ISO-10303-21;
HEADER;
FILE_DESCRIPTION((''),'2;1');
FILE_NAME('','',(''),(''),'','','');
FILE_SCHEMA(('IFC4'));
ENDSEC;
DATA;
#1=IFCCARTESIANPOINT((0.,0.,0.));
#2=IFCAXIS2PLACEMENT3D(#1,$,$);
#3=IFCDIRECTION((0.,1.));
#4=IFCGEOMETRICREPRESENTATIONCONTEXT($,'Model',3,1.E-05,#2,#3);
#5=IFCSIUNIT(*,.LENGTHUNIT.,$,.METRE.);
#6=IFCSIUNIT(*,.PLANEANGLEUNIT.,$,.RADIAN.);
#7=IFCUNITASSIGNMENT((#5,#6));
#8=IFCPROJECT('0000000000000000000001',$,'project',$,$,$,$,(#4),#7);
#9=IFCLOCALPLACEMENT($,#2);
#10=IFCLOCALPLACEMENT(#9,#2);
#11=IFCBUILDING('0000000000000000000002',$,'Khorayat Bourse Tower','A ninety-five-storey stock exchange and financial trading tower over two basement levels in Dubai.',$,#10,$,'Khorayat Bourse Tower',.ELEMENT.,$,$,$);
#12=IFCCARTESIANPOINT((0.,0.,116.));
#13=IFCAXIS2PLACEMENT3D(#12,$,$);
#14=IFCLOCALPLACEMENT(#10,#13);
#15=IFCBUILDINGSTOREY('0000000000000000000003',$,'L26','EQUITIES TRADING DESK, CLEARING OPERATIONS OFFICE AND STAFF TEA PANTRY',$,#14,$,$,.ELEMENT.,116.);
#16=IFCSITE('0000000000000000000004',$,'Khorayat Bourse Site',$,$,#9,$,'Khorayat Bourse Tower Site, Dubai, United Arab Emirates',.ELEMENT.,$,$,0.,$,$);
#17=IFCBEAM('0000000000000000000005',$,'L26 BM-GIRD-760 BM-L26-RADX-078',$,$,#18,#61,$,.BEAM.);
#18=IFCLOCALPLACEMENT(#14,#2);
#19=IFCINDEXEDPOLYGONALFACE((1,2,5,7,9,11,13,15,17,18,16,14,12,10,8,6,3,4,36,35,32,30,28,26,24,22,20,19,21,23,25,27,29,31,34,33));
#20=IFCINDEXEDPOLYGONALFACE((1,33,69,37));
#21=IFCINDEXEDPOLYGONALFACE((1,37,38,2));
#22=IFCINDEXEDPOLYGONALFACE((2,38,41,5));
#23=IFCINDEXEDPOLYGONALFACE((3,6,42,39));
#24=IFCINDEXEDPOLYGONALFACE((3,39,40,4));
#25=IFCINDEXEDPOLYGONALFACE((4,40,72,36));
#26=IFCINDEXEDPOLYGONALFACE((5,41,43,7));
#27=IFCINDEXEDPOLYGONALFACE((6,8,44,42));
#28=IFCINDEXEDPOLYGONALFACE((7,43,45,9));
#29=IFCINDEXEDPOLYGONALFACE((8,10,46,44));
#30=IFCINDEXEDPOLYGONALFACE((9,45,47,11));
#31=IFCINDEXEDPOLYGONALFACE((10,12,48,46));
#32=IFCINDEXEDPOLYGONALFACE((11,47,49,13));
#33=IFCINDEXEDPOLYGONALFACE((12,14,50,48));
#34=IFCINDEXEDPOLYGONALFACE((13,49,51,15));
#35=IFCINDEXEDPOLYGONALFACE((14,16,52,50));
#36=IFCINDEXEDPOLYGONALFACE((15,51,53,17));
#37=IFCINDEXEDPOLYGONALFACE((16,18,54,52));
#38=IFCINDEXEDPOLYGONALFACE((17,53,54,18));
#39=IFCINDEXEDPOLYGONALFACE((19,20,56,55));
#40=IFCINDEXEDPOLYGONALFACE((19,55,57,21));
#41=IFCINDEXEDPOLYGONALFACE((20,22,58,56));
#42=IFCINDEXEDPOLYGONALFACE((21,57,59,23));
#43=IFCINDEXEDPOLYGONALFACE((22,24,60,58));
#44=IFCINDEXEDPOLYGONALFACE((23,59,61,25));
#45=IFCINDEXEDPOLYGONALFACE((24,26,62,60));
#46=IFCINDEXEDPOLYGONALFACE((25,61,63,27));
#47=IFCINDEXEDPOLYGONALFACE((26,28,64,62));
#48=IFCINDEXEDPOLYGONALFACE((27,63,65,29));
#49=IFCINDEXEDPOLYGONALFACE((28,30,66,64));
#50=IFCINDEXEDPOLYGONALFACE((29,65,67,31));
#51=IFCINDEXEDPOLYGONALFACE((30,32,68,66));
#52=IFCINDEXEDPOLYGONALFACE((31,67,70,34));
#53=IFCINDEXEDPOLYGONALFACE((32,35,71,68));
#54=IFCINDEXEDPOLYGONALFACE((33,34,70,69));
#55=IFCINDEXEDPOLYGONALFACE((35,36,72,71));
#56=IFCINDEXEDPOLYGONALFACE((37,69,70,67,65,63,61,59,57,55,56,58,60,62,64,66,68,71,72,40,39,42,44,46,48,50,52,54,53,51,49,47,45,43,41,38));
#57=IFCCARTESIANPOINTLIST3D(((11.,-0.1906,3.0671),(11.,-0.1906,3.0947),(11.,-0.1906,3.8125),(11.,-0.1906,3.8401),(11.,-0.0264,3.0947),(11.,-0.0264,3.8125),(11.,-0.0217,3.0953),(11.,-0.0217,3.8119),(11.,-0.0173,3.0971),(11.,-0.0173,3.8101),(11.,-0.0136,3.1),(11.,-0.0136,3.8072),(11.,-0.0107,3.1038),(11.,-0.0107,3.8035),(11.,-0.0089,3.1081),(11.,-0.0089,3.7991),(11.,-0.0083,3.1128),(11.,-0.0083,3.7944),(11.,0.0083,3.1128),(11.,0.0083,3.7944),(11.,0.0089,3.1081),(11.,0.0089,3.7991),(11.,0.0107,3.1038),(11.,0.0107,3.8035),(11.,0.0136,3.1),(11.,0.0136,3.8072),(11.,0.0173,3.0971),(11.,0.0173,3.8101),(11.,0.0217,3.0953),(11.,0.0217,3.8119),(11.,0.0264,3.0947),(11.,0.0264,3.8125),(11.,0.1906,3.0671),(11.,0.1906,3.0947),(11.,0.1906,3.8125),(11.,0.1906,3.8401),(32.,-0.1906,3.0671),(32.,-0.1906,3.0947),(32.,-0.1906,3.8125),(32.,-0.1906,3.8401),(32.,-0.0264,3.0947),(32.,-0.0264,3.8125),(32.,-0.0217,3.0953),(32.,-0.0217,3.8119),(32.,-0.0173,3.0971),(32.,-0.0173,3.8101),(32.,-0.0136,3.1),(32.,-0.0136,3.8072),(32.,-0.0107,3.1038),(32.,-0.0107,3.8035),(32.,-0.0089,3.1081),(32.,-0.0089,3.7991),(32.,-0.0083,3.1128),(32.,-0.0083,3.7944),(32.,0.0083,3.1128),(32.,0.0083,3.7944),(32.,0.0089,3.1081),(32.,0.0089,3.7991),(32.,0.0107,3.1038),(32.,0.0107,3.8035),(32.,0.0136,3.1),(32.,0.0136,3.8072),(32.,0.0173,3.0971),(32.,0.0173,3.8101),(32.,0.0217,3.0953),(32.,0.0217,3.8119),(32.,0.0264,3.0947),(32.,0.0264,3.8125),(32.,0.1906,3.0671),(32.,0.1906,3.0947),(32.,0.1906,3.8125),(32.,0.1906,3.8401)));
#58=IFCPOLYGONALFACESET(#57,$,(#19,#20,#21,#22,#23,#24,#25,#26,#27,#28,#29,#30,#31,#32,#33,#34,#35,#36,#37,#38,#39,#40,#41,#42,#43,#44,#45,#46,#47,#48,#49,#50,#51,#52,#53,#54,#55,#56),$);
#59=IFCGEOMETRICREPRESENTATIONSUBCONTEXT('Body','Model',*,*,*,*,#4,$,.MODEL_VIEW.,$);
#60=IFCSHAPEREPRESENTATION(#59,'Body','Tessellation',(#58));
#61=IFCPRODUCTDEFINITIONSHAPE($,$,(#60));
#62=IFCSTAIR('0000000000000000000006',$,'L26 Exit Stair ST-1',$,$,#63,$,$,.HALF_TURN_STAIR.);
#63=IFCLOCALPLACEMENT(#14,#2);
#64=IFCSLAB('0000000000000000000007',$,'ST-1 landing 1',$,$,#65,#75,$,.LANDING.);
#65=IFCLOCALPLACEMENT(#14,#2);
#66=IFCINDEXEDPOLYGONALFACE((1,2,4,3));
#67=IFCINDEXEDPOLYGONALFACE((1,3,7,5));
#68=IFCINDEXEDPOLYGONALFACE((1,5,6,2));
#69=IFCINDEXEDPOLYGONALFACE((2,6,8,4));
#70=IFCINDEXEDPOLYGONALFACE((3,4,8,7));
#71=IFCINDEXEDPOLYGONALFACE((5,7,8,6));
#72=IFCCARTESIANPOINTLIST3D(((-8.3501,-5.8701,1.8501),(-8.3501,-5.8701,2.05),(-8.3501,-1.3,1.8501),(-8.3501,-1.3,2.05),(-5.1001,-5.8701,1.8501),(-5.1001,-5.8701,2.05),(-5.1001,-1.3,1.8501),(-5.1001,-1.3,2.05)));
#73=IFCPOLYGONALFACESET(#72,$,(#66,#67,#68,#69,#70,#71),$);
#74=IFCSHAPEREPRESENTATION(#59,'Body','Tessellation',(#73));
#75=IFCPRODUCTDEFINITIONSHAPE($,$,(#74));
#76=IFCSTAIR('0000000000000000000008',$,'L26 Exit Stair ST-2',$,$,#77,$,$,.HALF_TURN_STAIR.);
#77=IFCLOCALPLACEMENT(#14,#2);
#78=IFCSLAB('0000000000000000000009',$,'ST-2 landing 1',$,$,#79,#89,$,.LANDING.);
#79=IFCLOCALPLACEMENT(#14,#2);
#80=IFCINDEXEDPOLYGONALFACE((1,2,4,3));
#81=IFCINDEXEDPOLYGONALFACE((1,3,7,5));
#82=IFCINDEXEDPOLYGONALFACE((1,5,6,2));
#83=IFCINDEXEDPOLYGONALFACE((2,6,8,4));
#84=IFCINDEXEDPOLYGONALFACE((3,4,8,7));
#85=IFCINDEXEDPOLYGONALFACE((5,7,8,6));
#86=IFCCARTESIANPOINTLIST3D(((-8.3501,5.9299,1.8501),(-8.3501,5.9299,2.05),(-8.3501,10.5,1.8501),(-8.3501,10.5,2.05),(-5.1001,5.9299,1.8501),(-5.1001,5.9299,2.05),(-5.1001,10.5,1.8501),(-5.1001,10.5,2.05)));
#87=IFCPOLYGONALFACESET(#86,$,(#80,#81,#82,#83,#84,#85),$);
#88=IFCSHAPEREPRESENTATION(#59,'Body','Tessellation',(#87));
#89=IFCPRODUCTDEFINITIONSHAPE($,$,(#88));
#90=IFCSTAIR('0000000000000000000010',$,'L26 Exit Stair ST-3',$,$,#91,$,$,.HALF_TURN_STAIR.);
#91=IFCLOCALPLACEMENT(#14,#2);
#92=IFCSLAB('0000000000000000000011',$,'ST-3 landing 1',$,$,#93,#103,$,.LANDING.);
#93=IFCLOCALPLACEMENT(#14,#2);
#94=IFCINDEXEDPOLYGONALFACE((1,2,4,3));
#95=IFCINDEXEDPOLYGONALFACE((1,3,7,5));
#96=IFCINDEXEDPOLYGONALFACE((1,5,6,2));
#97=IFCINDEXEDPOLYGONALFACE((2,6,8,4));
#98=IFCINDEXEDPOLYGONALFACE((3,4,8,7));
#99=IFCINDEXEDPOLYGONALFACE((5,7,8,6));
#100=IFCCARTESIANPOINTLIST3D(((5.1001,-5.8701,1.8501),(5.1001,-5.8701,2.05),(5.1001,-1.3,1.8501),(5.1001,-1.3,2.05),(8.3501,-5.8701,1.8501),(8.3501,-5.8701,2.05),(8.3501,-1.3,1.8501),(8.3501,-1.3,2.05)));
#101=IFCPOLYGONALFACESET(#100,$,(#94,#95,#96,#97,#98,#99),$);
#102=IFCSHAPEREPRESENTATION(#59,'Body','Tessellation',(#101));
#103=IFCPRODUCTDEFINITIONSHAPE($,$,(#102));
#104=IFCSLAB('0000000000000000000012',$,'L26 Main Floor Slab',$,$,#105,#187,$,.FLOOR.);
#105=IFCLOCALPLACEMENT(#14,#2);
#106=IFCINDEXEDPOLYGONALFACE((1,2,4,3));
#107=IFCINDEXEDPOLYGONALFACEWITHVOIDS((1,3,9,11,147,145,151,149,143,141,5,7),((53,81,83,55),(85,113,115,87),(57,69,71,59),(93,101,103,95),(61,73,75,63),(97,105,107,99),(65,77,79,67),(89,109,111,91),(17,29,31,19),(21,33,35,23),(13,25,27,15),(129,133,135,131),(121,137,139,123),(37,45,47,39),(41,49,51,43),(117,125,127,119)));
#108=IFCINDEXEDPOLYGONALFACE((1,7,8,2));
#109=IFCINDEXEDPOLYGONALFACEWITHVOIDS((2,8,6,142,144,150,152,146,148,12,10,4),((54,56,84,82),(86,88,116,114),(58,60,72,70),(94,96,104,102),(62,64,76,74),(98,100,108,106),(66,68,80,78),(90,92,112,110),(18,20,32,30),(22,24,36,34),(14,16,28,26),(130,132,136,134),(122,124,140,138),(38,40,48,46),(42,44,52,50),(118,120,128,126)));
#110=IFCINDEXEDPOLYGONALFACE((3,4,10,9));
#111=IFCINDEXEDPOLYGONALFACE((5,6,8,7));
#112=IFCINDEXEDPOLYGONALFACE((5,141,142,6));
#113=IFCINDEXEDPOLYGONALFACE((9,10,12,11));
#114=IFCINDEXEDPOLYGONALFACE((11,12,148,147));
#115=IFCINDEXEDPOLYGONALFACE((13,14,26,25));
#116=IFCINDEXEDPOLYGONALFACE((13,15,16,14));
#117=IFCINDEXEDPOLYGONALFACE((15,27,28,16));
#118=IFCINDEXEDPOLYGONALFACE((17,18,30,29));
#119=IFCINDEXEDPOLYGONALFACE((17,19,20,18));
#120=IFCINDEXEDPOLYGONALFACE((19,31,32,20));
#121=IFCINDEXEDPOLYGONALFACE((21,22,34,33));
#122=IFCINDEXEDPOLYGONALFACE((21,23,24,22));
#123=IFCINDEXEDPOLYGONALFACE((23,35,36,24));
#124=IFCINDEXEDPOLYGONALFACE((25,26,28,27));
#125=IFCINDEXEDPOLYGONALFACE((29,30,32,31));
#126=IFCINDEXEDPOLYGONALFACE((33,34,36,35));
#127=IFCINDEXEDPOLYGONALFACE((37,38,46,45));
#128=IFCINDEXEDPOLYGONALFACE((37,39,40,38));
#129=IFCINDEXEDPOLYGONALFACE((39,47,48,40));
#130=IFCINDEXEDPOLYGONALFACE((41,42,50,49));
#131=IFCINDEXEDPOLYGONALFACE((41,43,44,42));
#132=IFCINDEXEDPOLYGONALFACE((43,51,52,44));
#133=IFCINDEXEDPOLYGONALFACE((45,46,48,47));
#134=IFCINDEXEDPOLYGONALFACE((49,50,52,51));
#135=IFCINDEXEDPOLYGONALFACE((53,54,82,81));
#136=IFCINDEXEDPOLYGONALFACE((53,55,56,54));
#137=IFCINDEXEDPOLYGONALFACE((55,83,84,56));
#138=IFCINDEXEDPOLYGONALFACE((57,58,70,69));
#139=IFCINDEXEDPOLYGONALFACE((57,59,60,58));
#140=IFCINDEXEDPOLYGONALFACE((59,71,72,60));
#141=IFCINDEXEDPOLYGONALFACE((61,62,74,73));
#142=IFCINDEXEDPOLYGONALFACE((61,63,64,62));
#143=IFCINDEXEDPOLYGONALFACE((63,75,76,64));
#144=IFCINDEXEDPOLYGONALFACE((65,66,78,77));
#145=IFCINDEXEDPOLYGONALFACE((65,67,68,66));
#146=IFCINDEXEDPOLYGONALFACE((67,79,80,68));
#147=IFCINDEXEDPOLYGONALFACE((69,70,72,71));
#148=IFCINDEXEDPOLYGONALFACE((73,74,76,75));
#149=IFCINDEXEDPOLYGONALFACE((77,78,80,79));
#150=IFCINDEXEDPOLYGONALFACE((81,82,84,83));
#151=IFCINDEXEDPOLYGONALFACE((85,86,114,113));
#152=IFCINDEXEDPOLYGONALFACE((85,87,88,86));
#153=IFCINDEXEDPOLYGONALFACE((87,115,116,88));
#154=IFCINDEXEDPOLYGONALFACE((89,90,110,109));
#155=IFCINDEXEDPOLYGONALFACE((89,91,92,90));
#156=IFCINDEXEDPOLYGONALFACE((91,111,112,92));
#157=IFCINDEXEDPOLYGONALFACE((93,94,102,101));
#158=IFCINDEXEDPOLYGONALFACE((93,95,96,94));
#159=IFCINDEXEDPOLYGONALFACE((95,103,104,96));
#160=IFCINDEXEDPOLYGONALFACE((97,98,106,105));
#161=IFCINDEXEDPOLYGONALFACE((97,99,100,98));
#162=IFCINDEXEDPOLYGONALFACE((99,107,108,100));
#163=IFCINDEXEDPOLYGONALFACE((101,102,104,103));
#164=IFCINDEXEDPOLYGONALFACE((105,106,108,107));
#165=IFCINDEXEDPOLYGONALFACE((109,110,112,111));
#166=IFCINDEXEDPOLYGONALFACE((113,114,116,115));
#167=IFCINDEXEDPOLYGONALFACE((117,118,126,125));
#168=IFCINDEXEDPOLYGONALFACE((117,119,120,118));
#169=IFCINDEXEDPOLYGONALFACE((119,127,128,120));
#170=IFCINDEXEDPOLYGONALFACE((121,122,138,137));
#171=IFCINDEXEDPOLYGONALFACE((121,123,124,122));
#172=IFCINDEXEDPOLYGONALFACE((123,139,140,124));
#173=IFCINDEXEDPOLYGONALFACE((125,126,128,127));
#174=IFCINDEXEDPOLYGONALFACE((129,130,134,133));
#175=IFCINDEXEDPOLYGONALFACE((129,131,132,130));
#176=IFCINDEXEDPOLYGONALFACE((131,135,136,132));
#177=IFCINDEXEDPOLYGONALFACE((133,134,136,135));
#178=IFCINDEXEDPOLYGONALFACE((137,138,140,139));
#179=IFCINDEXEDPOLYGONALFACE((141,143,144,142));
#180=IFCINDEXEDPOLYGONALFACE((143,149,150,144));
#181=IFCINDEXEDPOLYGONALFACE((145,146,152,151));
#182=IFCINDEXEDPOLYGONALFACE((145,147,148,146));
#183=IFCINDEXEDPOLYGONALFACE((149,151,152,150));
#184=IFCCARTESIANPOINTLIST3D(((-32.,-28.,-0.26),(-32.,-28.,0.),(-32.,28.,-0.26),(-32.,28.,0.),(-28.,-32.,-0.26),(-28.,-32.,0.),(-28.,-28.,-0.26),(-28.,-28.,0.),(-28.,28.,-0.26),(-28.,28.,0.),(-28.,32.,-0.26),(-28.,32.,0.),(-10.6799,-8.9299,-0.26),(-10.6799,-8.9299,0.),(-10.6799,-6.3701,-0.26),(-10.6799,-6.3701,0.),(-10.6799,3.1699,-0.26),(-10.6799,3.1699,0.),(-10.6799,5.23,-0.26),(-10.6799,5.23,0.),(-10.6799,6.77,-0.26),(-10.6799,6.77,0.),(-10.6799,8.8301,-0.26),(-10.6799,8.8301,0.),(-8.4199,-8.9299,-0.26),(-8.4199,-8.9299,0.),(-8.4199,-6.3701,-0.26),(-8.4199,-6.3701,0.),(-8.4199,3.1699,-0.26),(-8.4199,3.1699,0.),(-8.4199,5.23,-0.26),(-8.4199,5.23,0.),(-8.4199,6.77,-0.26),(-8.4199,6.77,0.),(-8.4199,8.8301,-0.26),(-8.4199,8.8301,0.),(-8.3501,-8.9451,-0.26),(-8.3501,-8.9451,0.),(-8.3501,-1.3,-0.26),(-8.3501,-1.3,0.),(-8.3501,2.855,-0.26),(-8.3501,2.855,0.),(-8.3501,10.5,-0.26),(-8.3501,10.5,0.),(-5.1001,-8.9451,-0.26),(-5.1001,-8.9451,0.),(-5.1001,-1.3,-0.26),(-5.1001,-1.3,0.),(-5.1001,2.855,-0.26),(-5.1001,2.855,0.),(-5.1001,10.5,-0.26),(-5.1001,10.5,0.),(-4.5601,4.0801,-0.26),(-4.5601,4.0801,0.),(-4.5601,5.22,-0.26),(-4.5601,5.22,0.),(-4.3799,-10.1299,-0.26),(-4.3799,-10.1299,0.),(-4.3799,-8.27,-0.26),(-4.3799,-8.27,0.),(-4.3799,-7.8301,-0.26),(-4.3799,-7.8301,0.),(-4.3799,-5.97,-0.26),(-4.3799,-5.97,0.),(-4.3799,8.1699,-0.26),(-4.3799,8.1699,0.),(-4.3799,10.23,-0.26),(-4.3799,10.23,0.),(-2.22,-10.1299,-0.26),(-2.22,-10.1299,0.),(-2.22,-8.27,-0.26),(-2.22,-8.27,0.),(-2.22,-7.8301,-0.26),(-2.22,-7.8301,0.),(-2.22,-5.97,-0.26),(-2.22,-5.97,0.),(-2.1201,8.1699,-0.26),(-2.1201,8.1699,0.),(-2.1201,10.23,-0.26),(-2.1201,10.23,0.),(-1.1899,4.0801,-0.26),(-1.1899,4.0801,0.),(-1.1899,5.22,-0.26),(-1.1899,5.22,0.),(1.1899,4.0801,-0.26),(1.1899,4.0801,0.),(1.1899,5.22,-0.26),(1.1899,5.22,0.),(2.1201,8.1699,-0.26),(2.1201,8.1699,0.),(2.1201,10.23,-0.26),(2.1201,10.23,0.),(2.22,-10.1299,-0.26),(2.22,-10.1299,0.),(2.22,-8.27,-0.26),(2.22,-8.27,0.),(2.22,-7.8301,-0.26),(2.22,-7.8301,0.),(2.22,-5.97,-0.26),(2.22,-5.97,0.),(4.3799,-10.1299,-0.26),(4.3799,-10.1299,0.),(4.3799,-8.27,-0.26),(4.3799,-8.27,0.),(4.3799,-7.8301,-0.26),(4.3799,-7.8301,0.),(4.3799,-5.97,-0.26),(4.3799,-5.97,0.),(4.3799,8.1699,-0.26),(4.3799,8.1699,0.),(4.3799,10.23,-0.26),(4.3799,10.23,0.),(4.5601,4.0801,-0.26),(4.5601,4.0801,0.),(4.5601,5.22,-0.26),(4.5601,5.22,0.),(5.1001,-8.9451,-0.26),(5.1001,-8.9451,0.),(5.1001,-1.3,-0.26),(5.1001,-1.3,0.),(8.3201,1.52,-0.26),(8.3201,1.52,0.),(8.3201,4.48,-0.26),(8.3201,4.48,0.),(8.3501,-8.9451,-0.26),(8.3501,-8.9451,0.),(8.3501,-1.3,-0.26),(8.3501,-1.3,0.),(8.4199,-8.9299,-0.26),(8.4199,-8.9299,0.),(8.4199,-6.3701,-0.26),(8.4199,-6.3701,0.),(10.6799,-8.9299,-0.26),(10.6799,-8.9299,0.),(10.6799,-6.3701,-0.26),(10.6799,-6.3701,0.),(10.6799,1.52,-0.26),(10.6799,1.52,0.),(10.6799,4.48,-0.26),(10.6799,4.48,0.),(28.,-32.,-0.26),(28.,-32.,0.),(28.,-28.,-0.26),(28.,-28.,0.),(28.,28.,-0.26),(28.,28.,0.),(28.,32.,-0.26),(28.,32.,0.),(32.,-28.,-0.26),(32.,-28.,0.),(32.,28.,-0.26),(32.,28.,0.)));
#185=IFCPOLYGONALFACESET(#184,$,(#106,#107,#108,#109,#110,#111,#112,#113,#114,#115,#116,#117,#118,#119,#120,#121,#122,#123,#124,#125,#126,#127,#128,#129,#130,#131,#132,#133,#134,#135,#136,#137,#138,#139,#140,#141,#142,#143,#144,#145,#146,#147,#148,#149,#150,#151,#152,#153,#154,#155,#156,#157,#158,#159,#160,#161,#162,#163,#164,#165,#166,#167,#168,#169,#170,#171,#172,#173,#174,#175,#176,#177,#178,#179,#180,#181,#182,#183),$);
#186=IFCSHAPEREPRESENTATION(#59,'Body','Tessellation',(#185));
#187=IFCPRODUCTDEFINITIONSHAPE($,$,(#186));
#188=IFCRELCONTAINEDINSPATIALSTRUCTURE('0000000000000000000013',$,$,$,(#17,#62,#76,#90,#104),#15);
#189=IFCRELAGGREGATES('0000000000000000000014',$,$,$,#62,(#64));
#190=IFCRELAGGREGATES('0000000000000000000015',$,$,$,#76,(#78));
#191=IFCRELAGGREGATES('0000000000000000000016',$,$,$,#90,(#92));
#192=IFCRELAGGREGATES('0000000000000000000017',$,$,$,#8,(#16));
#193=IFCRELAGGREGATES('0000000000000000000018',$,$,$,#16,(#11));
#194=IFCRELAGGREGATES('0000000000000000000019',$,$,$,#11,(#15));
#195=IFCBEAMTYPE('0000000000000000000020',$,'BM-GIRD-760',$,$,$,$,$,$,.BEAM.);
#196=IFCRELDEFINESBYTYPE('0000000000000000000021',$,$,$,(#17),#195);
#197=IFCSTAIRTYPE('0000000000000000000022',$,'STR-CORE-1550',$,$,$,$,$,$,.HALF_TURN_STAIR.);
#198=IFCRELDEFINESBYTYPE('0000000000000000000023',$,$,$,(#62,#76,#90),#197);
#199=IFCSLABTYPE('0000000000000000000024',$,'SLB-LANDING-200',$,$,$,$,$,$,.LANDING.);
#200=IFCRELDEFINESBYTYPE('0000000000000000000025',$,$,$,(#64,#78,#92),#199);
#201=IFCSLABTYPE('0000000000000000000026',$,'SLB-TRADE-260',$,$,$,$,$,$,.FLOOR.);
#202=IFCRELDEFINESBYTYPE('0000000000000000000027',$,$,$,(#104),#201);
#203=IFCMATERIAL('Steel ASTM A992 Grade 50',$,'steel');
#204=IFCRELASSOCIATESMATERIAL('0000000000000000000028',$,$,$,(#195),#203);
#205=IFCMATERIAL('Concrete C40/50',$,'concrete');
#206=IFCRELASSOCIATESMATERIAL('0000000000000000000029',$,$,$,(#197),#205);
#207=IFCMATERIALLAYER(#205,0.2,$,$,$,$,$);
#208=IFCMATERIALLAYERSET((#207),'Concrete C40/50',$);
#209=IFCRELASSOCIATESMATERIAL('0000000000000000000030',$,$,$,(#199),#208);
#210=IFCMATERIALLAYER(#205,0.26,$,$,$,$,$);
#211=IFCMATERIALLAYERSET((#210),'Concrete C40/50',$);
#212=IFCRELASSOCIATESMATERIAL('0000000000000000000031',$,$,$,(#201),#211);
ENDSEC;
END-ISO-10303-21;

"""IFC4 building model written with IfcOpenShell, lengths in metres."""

from ifc_helpers import new_model, si_unit, direction, frame, origin, origin_2d, place, context, subcontext, project, spatial, polyline, i_section, outline, extrude, source, transform, mapped, material, layer, layer_set, material_profile, profile_set, type_object, element, aggregate, save


model = new_model("IFC4")

# Units and contexts
model_context = context("Model", 3, precision=1e-05, world=origin(), true_north=direction((0.0, 1.0)))
body_context = subcontext(model_context, "Body", "Model", "MODEL_VIEW")
ifc_project = project(units=[si_unit("LENGTHUNIT", "METRE"), si_unit("PLANEANGLEUNIT", "RADIAN")], contexts=[model_context])

# Site, building, storey
site_placement = place(None, origin())
site = spatial("IfcSite", under=ifc_project, at=site_placement, Name="Khorayat Bourse Site", LongName="Khorayat Bourse Tower Site, Dubai, United Arab Emirates", CompositionType="ELEMENT", RefElevation=0.0)
building_placement = place(site_placement, origin())
building = spatial("IfcBuilding", under=site, at=building_placement, Name="Khorayat Bourse Tower", Description="A ninety-five-storey stock exchange and financial trading tower over two basement levels in Dubai.", LongName="Khorayat Bourse Tower", CompositionType="ELEMENT")
storey_placement = place(building_placement, frame((0.0, 0.0, 116.0)))
storey = spatial("IfcBuildingStorey", under=building, at=storey_placement, Name="L26", Description="EQUITIES TRADING DESK, CLEARING OPERATIONS OFFICE AND STAFF TEA PANTRY", CompositionType="ELEMENT", Elevation=116.0)

# Beam
ifc_material_1 = material(Name="Steel ASTM A992 Grade 50", Category="steel")
ifc_material_profile_1 = material_profile(ifc_material_1, i_section(OverallWidth=0.3811, OverallDepth=0.7729, WebThickness=0.0166, FlangeThickness=0.0276, FilletRadius=0.0181, at=origin_2d()), Name="W760X257")
ifc_profile_set_1 = profile_set([ifc_material_profile_1], Name="Steel ASTM A992 Grade 50")
beam_type_1 = type_object("IfcBeamType", Name="BM-GIRD-760", PredefinedType="BEAM", material=ifc_profile_set_1)
shared_shape_1 = source(origin(), body_context, "Body", "SweptSolid", [
    extrude(i_section(OverallWidth=0.3811, OverallDepth=0.7729, WebThickness=0.0166, FlangeThickness=0.0276, FilletRadius=0.0181, at=origin_2d()), origin(), (0.0, 0.0, 1.0), 21.0),
])
beam_1_placement = place(storey_placement, frame((11.0, 0.0, 3.4536), z_axis=(1.0, 0.0, 0.0), x_axis=(0.0, 1.0, 0.0)))
element("IfcBeam", 1, at=beam_1_placement, inside=storey, type_object=beam_type_1, Name="L26 BM-GIRD-760 BM-L26-RADX-078", PredefinedType="BEAM", context=body_context, shape_type="MappedRepresentation", body=[
    mapped(shared_shape_1, transform((0.0, 0.0, 0.0), scale=1.0)),
])

# Stairs, slabs
ifc_material_2 = material(Name="Concrete C40/50", Category="concrete")
stair_type = type_object("IfcStairType", Name="STR-CORE-1550", PredefinedType="HALF_TURN_STAIR", material=ifc_material_2)
stair_1_placement = place(storey_placement, origin())
stair_1 = element("IfcStair", 2, at=stair_1_placement, inside=storey, type_object=stair_type, Name="L26 Exit Stair ST-1", PredefinedType="HALF_TURN_STAIR")
ifc_layer_1 = layer(ifc_material_2, 0.2)
ifc_layer_set_1 = layer_set([ifc_layer_1], Name="Concrete C40/50")
slab_type_1 = type_object("IfcSlabType", Name="SLB-LANDING-200", PredefinedType="LANDING", material=ifc_layer_set_1)
slab_1_placement = place(storey_placement, frame((0.0, 0.0, 1.8501)))
slab_1 = element("IfcSlab", 3, at=slab_1_placement, type_object=slab_type_1, Name="ST-1 landing 1", PredefinedType="LANDING", context=body_context, shape_type="SweptSolid", body=[
    extrude(outline(polyline([(-5.1001, -5.8701), (-5.1001, -1.3), (-8.3501, -1.3), (-8.3501, -5.8701), (-5.1001, -5.8701)])), origin(), (0.0, 0.0, 1.0), 0.2),
])
aggregate(stair_1, [slab_1])
stair_2_placement = place(storey_placement, origin())
stair_2 = element("IfcStair", 4, at=stair_2_placement, inside=storey, type_object=stair_type, Name="L26 Exit Stair ST-2", PredefinedType="HALF_TURN_STAIR")
slab_2_placement = place(storey_placement, frame((0.0, 0.0, 1.8501)))
slab_2 = element("IfcSlab", 5, at=slab_2_placement, type_object=slab_type_1, Name="ST-2 landing 1", PredefinedType="LANDING", context=body_context, shape_type="SweptSolid", body=[
    extrude(outline(polyline([(-5.1001, 5.9299), (-5.1001, 10.5), (-8.3501, 10.5), (-8.3501, 5.9299), (-5.1001, 5.9299)])), origin(), (0.0, 0.0, 1.0), 0.2),
])
aggregate(stair_2, [slab_2])
stair_3_placement = place(storey_placement, origin())
stair_3 = element("IfcStair", 6, at=stair_3_placement, inside=storey, type_object=stair_type, Name="L26 Exit Stair ST-3", PredefinedType="HALF_TURN_STAIR")
slab_3_placement = place(storey_placement, frame((0.0, 0.0, 1.8501)))
slab_3 = element("IfcSlab", 7, at=slab_3_placement, type_object=slab_type_1, Name="ST-3 landing 1", PredefinedType="LANDING", context=body_context, shape_type="SweptSolid", body=[
    extrude(outline(polyline([(8.3501, -5.8701), (8.3501, -1.3), (5.1001, -1.3), (5.1001, -5.8701), (8.3501, -5.8701)])), origin(), (0.0, 0.0, 1.0), 0.2),
])
aggregate(stair_3, [slab_3])

# Slab
ifc_layer_2 = layer(ifc_material_2, 0.26)
ifc_layer_set_2 = layer_set([ifc_layer_2], Name="Concrete C40/50")
slab_type_2 = type_object("IfcSlabType", Name="SLB-TRADE-260", PredefinedType="FLOOR", material=ifc_layer_set_2)
slab_4_placement = place(storey_placement, frame((0.0, 0.0, -0.26)))
element("IfcSlab", 8, at=slab_4_placement, inside=storey, type_object=slab_type_2, Name="L26 Main Floor Slab", PredefinedType="FLOOR", context=body_context, shape_type="SweptSolid", body=[
    extrude(outline(polyline([(-28.0, -32.0), (28.0, -32.0), (28.0, -28.0), (32.0, -28.0), (32.0, 28.0), (28.0, 28.0), (28.0, 32.0), (-28.0, 32.0), (-28.0, 28.0), (-32.0, 28.0), (-32.0, -28.0), (-28.0, -28.0), (-28.0, -32.0)]), holes=[polyline([(-8.3501, -8.9451), (-5.1001, -8.9451), (-5.1001, -1.3), (-8.3501, -1.3), (-8.3501, -8.9451)]), polyline([(-8.3501, 2.855), (-5.1001, 2.855), (-5.1001, 10.5), (-8.3501, 10.5), (-8.3501, 2.855)]), polyline([(5.1001, -8.9451), (8.3501, -8.9451), (8.3501, -1.3), (5.1001, -1.3), (5.1001, -8.9451)]), polyline([(-4.3799, -10.1299), (-2.22, -10.1299), (-2.22, -8.27), (-4.3799, -8.27), (-4.3799, -10.1299)]), polyline([(2.22, -10.1299), (4.3799, -10.1299), (4.3799, -8.27), (2.22, -8.27), (2.22, -10.1299)]), polyline([(-4.3799, -7.8301), (-2.22, -7.8301), (-2.22, -5.97), (-4.3799, -5.97), (-4.3799, -7.8301)]), polyline([(2.22, -7.8301), (4.3799, -7.8301), (4.3799, -5.97), (2.22, -5.97), (2.22, -7.8301)]), polyline([(-4.3799, 8.1699), (-2.1201, 8.1699), (-2.1201, 10.23), (-4.3799, 10.23), (-4.3799, 8.1699)]), polyline([(2.1201, 8.1699), (4.3799, 8.1699), (4.3799, 10.23), (2.1201, 10.23), (2.1201, 8.1699)]), polyline([(-10.6799, 3.1699), (-8.4199, 3.1699), (-8.4199, 5.23), (-10.6799, 5.23), (-10.6799, 3.1699)]), polyline([(-10.6799, 6.77), (-8.4199, 6.77), (-8.4199, 8.8301), (-10.6799, 8.8301), (-10.6799, 6.77)]), polyline([(-10.6799, -8.9299), (-8.4199, -8.9299), (-8.4199, -6.3701), (-10.6799, -6.3701), (-10.6799, -8.9299)]), polyline([(8.4199, -8.9299), (10.6799, -8.9299), (10.6799, -6.3701), (8.4199, -6.3701), (8.4199, -8.9299)]), polyline([(8.3201, 1.52), (10.6799, 1.52), (10.6799, 4.48), (8.3201, 4.48), (8.3201, 1.52)]), polyline([(-4.5601, 4.0801), (-1.1899, 4.0801), (-1.1899, 5.22), (-4.5601, 5.22), (-4.5601, 4.0801)]), polyline([(1.1899, 4.0801), (4.5601, 4.0801), (4.5601, 5.22), (1.1899, 5.22), (1.1899, 4.0801)])]), origin(), (0.0, 0.0, 1.0), 0.26),
])

save(model, "model.ifc")
